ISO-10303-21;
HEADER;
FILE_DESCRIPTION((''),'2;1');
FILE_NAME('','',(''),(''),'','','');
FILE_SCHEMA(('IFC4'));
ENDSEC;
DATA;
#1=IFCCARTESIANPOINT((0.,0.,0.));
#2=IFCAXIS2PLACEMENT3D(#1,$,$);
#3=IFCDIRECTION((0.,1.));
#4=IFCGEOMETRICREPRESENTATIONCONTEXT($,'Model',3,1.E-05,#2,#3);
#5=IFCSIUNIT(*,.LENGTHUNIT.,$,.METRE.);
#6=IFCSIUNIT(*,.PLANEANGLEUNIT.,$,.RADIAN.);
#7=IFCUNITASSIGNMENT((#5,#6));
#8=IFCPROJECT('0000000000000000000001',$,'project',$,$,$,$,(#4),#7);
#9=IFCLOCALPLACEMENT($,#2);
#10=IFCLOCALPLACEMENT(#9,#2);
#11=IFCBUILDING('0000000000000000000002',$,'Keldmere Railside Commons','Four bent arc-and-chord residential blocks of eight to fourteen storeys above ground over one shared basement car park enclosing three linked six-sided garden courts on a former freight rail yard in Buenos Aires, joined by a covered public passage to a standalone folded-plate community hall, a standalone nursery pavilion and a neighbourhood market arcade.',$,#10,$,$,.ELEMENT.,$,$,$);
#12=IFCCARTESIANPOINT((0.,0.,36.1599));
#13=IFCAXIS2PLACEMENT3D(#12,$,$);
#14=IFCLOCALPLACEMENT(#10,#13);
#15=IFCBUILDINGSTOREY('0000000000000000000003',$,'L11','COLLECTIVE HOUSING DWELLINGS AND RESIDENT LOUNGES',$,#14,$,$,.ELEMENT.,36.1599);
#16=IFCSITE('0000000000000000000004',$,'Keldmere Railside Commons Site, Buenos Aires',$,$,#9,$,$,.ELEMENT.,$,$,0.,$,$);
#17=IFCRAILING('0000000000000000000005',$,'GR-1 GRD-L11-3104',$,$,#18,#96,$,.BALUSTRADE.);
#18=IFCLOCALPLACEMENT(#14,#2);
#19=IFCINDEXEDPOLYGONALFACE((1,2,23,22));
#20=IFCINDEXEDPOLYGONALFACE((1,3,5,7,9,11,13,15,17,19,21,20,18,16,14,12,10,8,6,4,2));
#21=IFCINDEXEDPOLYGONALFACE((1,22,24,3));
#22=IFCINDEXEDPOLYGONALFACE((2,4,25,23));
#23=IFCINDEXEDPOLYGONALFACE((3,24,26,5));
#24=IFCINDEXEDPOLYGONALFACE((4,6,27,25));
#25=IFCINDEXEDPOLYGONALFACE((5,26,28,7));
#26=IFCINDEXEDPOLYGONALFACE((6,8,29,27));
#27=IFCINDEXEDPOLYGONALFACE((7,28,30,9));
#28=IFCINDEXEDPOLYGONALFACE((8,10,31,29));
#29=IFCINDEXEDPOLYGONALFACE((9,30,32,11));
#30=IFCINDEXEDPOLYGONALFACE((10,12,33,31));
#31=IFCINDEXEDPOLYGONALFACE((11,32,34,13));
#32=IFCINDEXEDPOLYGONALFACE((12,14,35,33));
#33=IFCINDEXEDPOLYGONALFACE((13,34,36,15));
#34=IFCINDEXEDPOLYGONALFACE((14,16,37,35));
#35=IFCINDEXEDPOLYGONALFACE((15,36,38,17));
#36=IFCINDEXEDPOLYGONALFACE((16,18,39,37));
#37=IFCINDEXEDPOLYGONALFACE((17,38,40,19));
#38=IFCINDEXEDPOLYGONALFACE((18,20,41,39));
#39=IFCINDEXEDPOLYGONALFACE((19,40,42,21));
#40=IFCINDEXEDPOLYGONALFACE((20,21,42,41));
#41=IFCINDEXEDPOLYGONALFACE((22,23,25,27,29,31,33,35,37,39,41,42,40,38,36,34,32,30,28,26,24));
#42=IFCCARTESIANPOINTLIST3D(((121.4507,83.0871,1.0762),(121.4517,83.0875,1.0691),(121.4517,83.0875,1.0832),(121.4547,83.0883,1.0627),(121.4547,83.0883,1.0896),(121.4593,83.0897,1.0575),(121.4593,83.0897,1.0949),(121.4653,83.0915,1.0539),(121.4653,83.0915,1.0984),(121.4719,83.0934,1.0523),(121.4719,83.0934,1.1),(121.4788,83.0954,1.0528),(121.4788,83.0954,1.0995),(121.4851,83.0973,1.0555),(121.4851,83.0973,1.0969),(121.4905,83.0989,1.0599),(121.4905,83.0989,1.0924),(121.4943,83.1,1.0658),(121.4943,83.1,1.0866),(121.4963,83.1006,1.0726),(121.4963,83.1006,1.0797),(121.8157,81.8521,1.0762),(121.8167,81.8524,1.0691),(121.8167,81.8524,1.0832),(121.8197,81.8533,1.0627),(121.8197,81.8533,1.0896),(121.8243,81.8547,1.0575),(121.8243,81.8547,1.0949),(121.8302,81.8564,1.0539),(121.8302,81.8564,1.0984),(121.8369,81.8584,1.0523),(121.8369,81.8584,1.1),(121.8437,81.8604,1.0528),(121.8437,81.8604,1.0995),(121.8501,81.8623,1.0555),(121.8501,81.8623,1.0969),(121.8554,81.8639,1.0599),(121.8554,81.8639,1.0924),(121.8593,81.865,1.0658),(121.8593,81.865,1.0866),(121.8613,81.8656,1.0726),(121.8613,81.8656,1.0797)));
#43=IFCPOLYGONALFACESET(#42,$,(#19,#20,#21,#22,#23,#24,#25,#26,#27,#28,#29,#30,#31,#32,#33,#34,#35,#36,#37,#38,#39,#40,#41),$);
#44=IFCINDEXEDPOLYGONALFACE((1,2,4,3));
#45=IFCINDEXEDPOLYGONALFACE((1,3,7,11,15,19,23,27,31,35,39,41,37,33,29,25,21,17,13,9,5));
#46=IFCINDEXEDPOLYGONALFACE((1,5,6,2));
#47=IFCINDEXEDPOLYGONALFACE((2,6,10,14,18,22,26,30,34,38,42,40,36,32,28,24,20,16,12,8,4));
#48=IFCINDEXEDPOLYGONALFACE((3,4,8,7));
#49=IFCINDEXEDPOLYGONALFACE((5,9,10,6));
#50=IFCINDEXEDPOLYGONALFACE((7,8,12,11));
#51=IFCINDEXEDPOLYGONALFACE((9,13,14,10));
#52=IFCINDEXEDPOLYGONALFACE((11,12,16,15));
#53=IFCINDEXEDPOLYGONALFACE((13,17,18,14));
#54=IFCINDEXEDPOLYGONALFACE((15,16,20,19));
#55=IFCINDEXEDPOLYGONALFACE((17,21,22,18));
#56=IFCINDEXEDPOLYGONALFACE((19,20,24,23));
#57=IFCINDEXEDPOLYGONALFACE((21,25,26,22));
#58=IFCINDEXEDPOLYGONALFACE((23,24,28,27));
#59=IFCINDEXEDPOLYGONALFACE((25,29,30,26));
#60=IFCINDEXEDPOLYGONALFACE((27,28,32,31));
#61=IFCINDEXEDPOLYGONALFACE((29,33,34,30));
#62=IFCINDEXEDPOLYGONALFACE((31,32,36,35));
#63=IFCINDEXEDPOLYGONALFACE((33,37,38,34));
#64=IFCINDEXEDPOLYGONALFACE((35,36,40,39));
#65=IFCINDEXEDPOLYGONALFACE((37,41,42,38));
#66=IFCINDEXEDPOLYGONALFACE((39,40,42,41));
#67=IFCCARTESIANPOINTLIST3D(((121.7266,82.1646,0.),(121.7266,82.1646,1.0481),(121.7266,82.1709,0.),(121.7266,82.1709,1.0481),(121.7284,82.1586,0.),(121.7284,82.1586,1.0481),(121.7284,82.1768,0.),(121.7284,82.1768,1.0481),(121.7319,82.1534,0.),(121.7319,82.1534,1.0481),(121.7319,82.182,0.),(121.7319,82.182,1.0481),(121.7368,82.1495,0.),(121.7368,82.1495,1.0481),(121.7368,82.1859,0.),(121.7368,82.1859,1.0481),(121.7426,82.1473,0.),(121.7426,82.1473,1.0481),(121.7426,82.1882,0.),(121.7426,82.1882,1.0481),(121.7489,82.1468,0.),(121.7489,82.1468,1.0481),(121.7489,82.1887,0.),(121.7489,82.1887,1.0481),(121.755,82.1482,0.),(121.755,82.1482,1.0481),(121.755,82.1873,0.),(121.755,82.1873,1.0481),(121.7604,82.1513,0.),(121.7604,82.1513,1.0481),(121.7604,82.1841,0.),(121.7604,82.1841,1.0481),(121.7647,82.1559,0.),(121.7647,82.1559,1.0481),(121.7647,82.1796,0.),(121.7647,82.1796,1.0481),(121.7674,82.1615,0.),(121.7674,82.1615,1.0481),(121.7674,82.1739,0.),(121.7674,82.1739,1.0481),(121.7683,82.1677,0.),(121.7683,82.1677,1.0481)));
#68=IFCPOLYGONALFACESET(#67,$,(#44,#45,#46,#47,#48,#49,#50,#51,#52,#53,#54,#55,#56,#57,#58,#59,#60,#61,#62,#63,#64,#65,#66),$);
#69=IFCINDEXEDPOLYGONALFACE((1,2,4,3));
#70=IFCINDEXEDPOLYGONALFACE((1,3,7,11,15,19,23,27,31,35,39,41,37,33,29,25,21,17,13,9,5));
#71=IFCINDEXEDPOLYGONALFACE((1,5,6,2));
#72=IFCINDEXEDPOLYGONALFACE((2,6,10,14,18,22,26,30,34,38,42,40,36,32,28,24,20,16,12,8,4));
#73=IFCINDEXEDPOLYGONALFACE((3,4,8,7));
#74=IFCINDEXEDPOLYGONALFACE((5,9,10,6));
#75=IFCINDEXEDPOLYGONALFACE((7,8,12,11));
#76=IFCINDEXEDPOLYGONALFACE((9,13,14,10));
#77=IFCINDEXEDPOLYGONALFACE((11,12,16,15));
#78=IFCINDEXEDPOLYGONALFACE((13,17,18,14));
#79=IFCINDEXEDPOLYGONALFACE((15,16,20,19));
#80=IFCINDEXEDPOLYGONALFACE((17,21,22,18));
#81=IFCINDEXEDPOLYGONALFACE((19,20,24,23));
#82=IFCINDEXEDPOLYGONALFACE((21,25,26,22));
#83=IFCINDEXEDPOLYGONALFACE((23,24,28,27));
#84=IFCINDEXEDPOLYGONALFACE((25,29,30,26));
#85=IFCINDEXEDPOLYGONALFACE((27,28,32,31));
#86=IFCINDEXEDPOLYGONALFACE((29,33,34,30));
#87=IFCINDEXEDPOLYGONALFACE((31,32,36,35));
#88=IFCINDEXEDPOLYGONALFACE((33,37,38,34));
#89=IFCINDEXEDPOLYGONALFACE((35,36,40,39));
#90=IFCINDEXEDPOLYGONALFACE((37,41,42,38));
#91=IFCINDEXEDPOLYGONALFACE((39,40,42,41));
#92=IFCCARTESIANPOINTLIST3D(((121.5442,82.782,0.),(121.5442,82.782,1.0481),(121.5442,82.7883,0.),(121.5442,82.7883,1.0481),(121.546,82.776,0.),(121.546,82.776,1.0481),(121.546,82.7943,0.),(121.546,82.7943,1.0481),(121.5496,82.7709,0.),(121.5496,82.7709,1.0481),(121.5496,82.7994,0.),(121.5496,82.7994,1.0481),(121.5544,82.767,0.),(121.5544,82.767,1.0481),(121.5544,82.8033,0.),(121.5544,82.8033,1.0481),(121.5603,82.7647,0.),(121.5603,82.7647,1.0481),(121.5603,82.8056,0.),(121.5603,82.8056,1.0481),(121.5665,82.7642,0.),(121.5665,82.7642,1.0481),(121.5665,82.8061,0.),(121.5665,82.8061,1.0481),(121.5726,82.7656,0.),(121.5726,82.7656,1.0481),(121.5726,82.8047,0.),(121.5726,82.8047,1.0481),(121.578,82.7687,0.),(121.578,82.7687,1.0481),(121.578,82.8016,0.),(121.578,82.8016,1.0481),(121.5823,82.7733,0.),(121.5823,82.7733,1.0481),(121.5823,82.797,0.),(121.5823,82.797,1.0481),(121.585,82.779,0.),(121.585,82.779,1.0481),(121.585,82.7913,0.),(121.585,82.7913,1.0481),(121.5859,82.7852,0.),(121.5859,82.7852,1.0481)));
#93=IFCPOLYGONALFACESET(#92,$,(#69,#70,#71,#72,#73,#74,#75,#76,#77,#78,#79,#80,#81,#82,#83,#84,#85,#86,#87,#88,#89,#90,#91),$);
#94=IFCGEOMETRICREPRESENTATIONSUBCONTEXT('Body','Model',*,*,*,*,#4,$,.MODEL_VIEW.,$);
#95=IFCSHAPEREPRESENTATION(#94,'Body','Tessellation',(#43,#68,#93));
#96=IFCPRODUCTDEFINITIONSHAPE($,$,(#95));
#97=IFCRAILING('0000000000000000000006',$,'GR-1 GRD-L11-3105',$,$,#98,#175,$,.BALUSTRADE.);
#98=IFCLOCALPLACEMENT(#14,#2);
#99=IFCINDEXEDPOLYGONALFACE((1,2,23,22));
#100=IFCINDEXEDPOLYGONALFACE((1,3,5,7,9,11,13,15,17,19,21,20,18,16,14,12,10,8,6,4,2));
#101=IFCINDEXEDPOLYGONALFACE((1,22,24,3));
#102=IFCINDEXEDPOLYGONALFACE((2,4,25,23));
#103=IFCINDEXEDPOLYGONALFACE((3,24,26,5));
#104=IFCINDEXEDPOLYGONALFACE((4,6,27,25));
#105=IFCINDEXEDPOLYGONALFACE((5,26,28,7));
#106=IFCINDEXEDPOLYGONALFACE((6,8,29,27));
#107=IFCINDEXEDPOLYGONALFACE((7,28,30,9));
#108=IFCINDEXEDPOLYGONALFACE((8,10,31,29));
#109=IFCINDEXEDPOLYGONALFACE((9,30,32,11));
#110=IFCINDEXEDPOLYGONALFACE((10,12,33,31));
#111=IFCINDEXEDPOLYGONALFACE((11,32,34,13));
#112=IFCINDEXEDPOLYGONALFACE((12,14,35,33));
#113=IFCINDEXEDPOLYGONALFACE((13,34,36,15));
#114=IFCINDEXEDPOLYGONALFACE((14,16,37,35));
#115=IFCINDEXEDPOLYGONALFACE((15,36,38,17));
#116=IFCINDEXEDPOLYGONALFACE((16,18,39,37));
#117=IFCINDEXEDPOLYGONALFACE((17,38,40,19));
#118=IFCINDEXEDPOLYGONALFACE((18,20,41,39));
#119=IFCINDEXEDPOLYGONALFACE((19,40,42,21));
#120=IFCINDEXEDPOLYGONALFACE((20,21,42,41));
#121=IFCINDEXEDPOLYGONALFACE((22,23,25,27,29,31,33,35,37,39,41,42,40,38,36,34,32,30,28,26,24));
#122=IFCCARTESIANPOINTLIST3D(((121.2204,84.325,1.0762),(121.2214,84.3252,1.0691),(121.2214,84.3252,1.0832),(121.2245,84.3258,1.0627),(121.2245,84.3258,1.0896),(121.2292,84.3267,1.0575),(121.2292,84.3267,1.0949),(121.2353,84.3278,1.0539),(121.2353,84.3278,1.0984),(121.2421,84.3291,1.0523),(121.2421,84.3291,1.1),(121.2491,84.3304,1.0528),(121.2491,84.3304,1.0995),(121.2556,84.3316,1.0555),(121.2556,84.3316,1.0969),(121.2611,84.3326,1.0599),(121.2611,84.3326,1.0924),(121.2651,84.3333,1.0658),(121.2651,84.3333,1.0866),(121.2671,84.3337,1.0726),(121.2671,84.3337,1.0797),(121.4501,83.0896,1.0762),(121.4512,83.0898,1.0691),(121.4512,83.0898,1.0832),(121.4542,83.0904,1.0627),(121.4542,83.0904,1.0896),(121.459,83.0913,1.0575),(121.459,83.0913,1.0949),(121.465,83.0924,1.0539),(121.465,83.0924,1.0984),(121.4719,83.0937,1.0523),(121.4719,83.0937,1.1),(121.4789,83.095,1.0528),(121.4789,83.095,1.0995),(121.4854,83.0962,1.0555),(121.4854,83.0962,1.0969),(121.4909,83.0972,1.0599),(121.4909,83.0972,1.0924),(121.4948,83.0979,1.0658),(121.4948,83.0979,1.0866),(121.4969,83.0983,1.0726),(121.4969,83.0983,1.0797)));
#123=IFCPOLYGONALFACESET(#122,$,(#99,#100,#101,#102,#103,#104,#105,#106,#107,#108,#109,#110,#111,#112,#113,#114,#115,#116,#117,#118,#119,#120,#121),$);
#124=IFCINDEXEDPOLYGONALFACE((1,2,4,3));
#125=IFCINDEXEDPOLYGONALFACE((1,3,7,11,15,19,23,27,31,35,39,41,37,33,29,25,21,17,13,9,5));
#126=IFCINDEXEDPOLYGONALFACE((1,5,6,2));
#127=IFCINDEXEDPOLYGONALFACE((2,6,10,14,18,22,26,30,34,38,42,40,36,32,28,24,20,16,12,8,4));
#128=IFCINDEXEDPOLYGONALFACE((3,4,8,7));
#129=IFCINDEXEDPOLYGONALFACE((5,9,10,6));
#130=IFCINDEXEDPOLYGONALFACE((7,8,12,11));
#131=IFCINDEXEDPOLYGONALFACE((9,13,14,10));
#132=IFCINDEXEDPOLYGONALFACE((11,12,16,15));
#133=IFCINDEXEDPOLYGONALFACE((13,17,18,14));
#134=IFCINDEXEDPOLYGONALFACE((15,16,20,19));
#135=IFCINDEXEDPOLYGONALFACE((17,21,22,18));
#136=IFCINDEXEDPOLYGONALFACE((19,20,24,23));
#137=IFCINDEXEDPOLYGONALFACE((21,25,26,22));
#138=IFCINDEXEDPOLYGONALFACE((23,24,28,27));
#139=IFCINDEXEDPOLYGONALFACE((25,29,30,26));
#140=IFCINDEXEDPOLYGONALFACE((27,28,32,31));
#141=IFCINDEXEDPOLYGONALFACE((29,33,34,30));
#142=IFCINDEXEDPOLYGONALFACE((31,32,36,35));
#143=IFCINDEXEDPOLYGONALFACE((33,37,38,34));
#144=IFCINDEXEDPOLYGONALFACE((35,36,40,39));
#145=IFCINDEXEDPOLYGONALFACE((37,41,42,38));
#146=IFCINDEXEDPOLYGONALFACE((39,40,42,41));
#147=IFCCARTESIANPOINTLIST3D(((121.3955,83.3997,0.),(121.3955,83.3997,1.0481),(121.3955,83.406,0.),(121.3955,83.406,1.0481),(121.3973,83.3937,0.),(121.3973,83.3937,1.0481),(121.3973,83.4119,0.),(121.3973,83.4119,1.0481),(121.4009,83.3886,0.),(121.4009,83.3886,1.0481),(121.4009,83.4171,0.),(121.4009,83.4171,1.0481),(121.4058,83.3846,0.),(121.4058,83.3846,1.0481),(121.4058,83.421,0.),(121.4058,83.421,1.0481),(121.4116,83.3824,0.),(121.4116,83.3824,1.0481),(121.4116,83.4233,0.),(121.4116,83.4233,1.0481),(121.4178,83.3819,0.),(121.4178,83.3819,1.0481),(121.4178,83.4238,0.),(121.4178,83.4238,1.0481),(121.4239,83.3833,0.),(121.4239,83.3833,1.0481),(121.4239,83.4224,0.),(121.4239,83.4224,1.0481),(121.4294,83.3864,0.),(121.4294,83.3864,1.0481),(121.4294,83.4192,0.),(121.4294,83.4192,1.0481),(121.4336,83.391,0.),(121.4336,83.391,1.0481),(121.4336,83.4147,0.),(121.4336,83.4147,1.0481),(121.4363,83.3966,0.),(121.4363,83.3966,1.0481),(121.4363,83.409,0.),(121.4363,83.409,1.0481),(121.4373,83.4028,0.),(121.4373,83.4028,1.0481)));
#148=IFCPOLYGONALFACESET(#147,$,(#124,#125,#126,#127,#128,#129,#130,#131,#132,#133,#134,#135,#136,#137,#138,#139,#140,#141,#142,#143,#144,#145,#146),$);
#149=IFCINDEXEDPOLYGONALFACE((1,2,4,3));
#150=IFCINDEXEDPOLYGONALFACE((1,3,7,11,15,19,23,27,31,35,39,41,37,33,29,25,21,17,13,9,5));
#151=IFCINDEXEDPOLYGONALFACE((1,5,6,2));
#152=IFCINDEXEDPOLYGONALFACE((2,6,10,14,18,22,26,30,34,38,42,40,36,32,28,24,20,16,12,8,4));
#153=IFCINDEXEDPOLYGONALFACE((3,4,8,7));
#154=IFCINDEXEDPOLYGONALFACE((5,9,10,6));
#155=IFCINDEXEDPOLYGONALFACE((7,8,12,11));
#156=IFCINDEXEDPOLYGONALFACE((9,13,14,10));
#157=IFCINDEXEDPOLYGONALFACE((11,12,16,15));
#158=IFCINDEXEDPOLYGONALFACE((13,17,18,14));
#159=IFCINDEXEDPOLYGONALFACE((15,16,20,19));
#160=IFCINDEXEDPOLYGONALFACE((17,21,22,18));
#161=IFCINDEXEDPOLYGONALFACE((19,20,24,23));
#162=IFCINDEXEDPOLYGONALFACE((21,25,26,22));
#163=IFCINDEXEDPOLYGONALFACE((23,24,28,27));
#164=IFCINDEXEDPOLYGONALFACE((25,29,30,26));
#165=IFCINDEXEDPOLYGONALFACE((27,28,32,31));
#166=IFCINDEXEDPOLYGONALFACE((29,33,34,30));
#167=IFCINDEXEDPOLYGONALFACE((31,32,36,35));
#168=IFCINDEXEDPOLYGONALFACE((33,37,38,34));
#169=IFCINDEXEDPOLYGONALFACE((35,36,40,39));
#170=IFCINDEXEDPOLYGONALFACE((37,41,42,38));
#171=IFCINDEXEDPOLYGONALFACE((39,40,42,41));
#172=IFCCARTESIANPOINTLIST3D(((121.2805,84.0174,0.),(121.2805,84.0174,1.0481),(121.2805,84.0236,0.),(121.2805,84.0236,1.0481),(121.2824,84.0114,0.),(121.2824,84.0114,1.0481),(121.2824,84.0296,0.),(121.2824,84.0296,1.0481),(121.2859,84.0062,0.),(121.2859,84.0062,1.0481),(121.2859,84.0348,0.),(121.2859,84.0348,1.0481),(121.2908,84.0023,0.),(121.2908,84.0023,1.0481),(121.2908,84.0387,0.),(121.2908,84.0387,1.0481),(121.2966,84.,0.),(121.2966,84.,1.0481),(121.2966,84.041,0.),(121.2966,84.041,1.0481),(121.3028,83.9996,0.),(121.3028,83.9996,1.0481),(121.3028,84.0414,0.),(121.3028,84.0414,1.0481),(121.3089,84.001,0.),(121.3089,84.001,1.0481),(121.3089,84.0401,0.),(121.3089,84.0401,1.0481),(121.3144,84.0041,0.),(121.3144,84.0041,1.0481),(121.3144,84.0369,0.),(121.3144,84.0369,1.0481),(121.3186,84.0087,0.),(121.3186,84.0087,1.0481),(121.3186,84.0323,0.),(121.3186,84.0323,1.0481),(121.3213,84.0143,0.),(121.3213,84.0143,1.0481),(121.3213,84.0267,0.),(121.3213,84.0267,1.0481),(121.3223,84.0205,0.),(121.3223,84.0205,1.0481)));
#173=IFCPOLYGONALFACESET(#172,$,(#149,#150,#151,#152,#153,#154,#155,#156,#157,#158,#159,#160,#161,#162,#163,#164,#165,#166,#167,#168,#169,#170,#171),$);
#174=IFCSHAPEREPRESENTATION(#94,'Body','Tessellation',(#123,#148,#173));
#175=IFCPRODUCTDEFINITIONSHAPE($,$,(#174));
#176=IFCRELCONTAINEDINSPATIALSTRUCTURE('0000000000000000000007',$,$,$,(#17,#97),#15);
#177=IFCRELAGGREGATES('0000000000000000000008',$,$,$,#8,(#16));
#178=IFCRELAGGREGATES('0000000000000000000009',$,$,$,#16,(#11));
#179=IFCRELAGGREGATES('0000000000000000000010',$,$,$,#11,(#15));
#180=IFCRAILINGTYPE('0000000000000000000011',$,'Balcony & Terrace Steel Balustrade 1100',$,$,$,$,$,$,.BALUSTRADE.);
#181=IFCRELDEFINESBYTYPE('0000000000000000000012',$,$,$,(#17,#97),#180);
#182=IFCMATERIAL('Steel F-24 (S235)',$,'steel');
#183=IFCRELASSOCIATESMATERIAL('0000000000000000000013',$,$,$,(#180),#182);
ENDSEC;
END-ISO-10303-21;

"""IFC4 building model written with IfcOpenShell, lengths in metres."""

from ifc_helpers import new_model, si_unit, direction, frame, origin, origin_2d, place, context, subcontext, project, spatial, circle, extrude, material, type_object, element, save


model = new_model("IFC4")

# Units and contexts
model_context = context("Model", 3, precision=1e-05, world=origin(), true_north=direction((0.0, 1.0)))
body_context = subcontext(model_context, "Body", "Model", "MODEL_VIEW")
ifc_project = project(units=[si_unit("LENGTHUNIT", "METRE"), si_unit("PLANEANGLEUNIT", "RADIAN")], contexts=[model_context])

# Site, building, storey
site_placement = place(None, origin())
site = spatial("IfcSite", under=ifc_project, at=site_placement, Name="Keldmere Railside Commons Site, Buenos Aires", CompositionType="ELEMENT", RefElevation=0.0)
building_placement = place(site_placement, origin())
building = spatial("IfcBuilding", under=site, at=building_placement, Name="Keldmere Railside Commons", Description="Four bent arc-and-chord residential blocks of eight to fourteen storeys above ground over one shared basement car park enclosing three linked six-sided garden courts on a former freight rail yard in Buenos Aires, joined by a covered public passage to a standalone folded-plate community hall, a standalone nursery pavilion and a neighbourhood market arcade.", CompositionType="ELEMENT")
storey_placement = place(building_placement, frame((0.0, 0.0, 36.1599)))
storey = spatial("IfcBuildingStorey", under=building, at=storey_placement, Name="L11", Description="COLLECTIVE HOUSING DWELLINGS AND RESIDENT LOUNGES", CompositionType="ELEMENT", Elevation=36.1599)

# Railings
ifc_material_1 = material(Name="Steel F-24 (S235)", Category="steel")
railing_type = type_object("IfcRailingType", Name="Balcony & Terrace Steel Balustrade 1100", PredefinedType="BALUSTRADE", material=ifc_material_1)
railing_1_placement = place(storey_placement, frame((121.8386, 81.8589, 0.0)))
element("IfcRailing", 1, at=railing_1_placement, inside=storey, type_object=railing_type, Name="GR-1 GRD-L11-3104", PredefinedType="BALUSTRADE", context=body_context, shape_type="SweptSolid", body=[
    extrude(circle(Radius=0.0239, at=origin_2d()), frame((0.0, 0.0, 1.0762), z_axis=(-0.283398, 0.959002, 0.0), x_axis=(-0.959002, -0.283398, 0.0)), (0.0, 0.0, 1.0), 1.2878),
    extrude(circle(Radius=0.021, at=origin_2d()), frame((-0.0913, 0.3088, 0.0)), (0.0, 0.0, 1.0), 1.0481),
    extrude(circle(Radius=0.021, at=origin_2d()), frame((-0.2737, 0.9263, 0.0)), (0.0, 0.0, 1.0), 1.0481),
])
railing_2_placement = place(storey_placement, frame((121.4736, 83.094, 0.0)))
element("IfcRailing", 2, at=railing_2_placement, inside=storey, type_object=railing_type, Name="GR-1 GRD-L11-3105", PredefinedType="BALUSTRADE", context=body_context, shape_type="SweptSolid", body=[
    extrude(circle(Radius=0.0239, at=origin_2d()), frame((0.0, 0.0, 1.0762), z_axis=(-0.182834, 0.983144, 0.0), x_axis=(-0.983144, -0.182834, 0.0)), (0.0, 0.0, 1.0), 1.2566),
    extrude(circle(Radius=0.021, at=origin_2d()), frame((-0.0574, 0.3088, 0.0)), (0.0, 0.0, 1.0), 1.0481),
    extrude(circle(Radius=0.021, at=origin_2d()), frame((-0.1724, 0.9265, 0.0)), (0.0, 0.0, 1.0), 1.0481),
])

save(model, "model.ifc")
